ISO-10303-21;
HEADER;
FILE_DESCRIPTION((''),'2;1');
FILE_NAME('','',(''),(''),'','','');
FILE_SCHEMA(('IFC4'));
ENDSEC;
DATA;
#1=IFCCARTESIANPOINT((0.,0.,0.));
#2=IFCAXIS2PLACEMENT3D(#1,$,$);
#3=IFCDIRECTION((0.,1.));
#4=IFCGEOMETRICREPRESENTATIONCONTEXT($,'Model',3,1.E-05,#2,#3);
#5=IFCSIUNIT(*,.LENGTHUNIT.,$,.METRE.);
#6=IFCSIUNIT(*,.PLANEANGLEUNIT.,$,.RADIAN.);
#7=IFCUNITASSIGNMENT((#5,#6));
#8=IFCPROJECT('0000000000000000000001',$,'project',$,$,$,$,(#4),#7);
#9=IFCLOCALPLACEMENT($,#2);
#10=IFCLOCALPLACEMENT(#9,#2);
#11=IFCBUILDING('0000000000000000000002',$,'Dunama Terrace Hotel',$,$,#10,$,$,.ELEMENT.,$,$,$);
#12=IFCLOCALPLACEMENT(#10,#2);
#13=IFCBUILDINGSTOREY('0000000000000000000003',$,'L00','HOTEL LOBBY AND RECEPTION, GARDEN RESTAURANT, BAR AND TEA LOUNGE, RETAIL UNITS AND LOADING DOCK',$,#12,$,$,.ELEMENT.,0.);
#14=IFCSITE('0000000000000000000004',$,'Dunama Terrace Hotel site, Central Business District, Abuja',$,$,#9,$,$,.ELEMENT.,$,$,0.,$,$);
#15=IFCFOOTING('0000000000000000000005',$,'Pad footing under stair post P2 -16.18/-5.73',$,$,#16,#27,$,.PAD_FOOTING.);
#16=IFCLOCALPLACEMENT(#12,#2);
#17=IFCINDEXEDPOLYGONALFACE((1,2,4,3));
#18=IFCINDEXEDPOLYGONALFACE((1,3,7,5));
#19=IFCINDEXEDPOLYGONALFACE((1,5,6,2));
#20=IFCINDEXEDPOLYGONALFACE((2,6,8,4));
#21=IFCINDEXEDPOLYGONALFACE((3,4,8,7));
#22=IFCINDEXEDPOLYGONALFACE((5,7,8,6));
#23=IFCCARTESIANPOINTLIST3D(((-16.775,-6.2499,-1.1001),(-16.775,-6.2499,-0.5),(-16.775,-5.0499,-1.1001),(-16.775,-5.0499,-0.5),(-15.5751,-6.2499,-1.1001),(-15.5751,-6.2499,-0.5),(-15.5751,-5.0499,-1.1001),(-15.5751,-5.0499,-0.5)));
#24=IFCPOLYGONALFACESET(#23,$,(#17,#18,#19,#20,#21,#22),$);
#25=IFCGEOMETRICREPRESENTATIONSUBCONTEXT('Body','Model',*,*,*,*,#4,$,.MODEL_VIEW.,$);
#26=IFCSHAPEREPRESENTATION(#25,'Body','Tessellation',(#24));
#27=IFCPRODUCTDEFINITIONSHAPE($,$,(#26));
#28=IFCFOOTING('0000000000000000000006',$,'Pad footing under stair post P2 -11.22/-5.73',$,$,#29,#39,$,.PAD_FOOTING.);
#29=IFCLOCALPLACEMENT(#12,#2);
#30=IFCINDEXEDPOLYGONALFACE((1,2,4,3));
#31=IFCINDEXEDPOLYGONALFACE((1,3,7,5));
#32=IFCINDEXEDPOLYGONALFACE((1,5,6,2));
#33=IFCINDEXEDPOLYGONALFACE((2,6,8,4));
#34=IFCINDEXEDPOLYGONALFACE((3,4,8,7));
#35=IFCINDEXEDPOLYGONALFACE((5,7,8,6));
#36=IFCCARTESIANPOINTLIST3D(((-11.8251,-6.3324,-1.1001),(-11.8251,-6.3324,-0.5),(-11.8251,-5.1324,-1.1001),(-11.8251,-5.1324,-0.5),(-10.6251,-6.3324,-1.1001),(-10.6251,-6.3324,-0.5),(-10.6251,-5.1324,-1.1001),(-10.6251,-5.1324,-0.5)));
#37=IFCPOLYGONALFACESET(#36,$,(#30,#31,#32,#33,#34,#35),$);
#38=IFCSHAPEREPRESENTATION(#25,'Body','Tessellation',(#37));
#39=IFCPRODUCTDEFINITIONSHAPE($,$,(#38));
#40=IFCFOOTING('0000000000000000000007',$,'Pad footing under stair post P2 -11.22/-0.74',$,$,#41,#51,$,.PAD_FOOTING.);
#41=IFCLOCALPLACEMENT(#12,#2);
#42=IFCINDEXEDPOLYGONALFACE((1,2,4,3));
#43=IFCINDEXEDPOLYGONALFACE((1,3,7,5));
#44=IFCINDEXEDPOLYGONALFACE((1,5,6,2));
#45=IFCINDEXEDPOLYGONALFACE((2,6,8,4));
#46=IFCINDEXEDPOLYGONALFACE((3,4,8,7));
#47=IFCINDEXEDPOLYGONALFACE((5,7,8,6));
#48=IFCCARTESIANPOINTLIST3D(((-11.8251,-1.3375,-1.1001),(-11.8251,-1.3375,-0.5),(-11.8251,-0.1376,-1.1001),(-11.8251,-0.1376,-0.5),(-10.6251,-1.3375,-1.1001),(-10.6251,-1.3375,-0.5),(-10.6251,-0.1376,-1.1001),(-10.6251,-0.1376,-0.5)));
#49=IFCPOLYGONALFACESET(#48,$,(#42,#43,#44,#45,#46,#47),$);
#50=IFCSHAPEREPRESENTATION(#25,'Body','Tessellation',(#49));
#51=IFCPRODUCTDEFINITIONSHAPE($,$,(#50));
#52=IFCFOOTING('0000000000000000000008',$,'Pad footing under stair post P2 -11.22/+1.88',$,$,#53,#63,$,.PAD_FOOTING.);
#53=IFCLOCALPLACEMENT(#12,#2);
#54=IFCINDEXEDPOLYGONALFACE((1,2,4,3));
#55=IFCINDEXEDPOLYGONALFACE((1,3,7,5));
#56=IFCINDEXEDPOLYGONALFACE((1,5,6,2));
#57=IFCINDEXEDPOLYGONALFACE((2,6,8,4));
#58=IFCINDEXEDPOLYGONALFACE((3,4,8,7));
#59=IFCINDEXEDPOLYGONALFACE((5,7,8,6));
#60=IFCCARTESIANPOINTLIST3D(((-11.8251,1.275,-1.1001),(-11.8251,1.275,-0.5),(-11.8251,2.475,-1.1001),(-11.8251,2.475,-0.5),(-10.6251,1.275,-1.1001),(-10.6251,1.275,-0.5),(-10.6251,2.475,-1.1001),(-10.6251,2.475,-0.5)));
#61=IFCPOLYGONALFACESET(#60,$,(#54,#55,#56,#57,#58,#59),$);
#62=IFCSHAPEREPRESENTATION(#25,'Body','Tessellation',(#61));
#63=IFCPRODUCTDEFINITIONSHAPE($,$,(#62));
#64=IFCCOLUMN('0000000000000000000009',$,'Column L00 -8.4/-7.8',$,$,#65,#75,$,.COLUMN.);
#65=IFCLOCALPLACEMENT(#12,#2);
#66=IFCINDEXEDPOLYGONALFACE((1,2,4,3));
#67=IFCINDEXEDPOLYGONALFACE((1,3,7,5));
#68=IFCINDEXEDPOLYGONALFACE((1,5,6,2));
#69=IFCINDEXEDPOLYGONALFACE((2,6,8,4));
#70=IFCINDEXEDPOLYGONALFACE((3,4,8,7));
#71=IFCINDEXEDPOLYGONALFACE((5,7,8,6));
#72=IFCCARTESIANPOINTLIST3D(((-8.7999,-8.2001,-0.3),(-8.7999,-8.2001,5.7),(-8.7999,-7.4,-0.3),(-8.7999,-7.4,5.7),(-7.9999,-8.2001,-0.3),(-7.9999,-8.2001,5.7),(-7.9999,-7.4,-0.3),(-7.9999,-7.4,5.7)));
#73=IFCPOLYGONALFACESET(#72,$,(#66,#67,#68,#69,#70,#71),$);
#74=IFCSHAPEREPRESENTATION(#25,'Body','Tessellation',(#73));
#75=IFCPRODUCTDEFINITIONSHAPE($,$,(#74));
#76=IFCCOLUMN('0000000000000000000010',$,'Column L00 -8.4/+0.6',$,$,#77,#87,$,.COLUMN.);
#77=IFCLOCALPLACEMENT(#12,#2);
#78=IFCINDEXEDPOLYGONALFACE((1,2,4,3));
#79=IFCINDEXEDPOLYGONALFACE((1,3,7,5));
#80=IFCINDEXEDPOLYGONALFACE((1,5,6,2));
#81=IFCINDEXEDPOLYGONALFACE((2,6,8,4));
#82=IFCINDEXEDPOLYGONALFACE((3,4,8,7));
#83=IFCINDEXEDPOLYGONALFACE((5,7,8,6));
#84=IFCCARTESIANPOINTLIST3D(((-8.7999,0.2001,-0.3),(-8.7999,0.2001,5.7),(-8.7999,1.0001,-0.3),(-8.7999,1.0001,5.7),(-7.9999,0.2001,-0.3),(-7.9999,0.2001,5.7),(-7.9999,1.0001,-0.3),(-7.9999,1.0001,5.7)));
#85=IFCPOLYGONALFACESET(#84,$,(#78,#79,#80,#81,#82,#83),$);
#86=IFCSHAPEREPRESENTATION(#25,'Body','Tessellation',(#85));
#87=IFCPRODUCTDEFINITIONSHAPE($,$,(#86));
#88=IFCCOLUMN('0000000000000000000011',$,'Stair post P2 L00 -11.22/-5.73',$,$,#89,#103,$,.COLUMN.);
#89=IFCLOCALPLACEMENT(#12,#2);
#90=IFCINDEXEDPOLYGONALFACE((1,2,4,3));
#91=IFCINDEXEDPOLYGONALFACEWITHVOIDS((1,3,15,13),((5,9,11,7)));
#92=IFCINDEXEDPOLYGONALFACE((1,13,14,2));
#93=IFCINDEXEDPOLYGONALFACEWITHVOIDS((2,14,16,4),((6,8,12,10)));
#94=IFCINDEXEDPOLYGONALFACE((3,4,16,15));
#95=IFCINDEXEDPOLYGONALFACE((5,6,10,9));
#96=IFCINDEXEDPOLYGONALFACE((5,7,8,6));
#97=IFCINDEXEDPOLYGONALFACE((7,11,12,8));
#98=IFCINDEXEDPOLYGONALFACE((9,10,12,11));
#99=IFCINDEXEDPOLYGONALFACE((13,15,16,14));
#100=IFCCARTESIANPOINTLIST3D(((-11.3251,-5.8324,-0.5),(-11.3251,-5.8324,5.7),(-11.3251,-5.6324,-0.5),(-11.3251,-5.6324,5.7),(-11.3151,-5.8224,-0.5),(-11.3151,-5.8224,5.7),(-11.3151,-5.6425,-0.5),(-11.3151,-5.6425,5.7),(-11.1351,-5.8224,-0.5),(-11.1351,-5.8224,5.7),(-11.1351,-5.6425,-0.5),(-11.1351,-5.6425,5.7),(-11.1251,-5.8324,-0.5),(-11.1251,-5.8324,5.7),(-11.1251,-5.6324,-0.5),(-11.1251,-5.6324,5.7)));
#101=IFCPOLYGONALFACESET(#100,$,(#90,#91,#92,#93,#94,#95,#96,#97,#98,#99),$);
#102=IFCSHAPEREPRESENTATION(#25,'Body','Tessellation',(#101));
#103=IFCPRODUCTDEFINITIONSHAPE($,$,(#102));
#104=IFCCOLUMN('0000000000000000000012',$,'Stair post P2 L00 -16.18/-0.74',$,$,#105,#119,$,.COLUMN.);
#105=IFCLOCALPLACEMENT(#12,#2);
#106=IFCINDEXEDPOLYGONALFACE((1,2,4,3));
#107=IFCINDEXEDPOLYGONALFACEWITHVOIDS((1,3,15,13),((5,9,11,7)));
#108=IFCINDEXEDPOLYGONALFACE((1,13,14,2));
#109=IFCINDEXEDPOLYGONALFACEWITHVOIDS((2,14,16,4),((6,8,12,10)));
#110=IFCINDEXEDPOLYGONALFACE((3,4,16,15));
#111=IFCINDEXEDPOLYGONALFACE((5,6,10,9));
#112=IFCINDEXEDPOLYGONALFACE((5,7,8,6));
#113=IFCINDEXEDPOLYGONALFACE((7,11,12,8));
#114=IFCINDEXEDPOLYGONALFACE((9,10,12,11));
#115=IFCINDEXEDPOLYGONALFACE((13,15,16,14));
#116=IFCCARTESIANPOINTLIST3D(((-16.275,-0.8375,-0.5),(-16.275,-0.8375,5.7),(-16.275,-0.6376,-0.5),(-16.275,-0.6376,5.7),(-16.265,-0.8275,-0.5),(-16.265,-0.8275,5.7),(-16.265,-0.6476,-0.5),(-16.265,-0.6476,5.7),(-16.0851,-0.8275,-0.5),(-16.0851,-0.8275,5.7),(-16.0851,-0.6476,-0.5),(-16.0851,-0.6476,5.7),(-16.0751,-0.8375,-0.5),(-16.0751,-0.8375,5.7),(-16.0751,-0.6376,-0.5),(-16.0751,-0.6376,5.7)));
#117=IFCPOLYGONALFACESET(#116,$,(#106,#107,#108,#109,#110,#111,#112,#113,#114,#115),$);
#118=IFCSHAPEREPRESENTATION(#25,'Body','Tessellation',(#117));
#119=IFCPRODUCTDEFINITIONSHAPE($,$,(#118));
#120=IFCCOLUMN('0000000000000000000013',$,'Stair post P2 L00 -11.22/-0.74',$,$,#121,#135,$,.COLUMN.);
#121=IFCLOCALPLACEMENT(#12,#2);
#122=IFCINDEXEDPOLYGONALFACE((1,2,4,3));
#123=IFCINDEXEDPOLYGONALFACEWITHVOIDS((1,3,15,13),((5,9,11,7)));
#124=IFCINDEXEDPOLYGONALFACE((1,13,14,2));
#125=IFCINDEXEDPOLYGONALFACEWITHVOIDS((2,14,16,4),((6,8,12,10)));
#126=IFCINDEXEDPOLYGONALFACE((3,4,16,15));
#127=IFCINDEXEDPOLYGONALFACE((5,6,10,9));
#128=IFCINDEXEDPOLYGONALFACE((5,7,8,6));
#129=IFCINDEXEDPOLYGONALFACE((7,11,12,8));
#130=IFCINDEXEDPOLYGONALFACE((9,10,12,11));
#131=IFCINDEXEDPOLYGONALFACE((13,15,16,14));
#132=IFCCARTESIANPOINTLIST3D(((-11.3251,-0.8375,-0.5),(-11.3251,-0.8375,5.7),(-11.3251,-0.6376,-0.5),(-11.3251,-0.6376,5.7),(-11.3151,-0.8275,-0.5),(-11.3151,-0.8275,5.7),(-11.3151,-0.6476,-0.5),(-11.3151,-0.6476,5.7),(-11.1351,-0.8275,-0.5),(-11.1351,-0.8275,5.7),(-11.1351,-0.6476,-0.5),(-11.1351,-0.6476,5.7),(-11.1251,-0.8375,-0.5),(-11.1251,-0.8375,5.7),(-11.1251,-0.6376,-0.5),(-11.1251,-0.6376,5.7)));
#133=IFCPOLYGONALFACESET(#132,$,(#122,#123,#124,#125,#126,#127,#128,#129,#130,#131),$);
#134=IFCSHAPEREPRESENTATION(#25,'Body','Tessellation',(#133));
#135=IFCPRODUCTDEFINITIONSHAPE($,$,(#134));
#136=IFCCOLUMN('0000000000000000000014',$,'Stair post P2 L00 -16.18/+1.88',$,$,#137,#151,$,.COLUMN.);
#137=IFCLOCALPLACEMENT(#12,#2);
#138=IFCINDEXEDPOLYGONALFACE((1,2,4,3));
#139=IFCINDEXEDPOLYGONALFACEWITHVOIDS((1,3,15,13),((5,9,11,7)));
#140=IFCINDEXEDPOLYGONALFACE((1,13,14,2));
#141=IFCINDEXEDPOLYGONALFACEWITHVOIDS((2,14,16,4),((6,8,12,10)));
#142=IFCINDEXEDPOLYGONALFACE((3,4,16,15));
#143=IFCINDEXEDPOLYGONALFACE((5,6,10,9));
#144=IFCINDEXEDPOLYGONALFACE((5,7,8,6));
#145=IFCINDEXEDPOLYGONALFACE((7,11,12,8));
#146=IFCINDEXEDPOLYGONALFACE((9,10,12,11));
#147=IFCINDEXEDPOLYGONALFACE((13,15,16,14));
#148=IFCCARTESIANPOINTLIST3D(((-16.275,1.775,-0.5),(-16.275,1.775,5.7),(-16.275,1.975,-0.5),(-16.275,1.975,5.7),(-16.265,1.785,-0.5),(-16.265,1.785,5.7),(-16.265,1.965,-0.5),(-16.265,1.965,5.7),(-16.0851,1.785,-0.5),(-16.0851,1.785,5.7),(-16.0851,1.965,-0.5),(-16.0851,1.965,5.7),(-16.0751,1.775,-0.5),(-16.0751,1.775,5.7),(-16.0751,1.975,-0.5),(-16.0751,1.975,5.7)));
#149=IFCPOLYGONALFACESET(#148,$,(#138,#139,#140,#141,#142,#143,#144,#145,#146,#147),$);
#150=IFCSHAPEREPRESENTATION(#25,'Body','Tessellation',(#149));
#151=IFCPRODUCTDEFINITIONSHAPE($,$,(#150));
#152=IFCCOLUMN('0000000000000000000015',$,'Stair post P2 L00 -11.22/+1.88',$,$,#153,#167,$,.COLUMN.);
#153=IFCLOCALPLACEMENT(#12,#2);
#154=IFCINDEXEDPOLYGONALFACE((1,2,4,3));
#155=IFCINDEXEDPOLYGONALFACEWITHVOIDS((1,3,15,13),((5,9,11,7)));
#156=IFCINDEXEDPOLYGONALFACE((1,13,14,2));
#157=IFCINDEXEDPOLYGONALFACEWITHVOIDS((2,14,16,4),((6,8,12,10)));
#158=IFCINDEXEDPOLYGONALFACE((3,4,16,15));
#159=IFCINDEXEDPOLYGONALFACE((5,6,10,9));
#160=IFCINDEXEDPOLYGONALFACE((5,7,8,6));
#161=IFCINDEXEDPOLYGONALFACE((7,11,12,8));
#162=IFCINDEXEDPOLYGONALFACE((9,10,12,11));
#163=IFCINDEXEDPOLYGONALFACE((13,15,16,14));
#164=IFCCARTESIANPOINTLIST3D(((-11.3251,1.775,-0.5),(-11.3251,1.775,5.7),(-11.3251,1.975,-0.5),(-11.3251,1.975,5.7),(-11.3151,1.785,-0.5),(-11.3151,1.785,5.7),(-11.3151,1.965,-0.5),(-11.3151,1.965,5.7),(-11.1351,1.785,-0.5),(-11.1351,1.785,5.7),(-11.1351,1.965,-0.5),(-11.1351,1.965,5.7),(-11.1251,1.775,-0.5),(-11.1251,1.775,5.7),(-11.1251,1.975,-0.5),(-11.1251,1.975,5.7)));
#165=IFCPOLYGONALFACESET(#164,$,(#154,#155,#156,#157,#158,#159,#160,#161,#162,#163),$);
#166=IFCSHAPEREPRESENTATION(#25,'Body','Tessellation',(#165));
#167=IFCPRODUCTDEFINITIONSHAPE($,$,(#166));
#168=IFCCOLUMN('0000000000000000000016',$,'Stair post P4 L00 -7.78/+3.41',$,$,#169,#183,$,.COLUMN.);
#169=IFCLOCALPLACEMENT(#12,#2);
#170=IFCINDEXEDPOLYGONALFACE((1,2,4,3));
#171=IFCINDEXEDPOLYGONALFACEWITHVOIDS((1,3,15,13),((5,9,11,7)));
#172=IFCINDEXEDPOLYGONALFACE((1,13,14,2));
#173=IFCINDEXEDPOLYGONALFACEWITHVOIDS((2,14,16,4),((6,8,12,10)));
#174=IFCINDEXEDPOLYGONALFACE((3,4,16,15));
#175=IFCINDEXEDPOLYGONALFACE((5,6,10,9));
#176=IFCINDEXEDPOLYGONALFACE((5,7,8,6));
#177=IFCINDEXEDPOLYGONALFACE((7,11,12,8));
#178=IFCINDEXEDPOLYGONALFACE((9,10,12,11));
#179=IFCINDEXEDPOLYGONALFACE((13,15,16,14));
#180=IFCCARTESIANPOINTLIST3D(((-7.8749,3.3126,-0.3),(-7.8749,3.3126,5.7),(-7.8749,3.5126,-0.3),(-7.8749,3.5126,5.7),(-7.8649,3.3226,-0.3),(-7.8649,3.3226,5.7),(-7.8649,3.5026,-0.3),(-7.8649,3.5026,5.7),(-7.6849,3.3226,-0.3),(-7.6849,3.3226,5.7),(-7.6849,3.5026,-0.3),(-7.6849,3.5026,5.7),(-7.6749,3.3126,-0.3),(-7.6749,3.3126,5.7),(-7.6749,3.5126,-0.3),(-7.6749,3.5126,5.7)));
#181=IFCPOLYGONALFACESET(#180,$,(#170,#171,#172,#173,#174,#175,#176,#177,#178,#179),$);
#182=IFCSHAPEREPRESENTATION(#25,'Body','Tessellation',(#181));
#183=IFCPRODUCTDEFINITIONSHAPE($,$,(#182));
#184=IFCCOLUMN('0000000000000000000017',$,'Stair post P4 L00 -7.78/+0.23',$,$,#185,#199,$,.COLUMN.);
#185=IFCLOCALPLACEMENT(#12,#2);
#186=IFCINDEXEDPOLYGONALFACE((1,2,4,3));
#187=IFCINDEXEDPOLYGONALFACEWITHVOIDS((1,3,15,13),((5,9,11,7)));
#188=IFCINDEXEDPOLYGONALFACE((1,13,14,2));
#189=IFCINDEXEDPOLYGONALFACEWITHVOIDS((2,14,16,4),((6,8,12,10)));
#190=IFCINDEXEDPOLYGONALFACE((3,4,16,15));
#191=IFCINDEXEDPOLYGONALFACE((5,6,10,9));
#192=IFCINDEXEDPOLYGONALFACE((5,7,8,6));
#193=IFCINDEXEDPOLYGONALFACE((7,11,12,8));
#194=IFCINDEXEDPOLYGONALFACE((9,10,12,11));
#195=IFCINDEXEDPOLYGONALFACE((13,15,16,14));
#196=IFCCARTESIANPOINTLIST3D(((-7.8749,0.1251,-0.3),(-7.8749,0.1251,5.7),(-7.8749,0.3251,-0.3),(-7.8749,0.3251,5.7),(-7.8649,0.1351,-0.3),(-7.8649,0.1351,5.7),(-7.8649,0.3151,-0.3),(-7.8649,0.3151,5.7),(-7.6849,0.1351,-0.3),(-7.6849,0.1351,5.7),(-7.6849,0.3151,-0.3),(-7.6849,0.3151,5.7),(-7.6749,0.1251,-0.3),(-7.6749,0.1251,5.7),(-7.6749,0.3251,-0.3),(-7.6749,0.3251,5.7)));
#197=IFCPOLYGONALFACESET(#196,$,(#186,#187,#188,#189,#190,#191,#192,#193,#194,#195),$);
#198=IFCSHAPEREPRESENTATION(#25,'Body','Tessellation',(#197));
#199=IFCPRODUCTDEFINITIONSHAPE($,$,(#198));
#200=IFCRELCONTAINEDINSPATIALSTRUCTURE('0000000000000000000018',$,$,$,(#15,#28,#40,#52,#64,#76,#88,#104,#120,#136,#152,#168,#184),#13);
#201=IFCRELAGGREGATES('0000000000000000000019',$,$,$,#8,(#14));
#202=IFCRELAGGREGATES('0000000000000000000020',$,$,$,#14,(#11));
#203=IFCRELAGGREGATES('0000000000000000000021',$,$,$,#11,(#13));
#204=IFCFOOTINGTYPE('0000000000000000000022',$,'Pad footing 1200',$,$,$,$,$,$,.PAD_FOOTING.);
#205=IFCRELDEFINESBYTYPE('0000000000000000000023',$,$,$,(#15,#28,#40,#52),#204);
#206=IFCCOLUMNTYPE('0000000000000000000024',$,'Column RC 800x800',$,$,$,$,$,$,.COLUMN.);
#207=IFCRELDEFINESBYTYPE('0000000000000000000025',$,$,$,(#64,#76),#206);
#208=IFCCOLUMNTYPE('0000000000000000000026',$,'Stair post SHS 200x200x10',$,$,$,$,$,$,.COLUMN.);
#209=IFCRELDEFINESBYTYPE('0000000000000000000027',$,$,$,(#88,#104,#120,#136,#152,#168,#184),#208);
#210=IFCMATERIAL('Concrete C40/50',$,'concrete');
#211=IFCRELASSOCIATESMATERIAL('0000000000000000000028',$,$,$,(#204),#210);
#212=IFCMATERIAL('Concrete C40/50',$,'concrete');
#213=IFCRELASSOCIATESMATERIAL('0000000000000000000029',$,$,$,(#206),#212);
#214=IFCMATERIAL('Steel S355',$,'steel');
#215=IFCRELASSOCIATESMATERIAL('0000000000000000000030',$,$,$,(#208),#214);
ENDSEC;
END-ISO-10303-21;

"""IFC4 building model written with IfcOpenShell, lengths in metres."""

from ifc_helpers import new_model, si_unit, direction, frame, origin, origin_2d, place, context, subcontext, project, spatial, rectangle, hollow_rectangle, extrude, material, material_profile, profile_set, type_object, element, save


model = new_model("IFC4")

# Units and contexts
model_context = context("Model", 3, precision=1e-05, world=origin(), true_north=direction((0.0, 1.0)))
body_context = subcontext(model_context, "Body", "Model", "MODEL_VIEW")
ifc_project = project(units=[si_unit("LENGTHUNIT", "METRE"), si_unit("PLANEANGLEUNIT", "RADIAN")], contexts=[model_context])

# Site, building, storey
site_placement = place(None, origin())
site = spatial("IfcSite", under=ifc_project, at=site_placement, Name="Dunama Terrace Hotel site, Central Business District, Abuja", CompositionType="ELEMENT", RefElevation=0.0)
building_placement = place(site_placement, origin())
building = spatial("IfcBuilding", under=site, at=building_placement, Name="Dunama Terrace Hotel", CompositionType="ELEMENT")
storey_placement = place(building_placement, origin())
storey = spatial("IfcBuildingStorey", under=building, at=storey_placement, Name="L00", Description="HOTEL LOBBY AND RECEPTION, GARDEN RESTAURANT, BAR AND TEA LOUNGE, RETAIL UNITS AND LOADING DOCK", CompositionType="ELEMENT", Elevation=0.0)

# Footings
ifc_material_1 = material(Name="Concrete C40/50", Category="concrete")
footing_type = type_object("IfcFootingType", Name="Pad footing 1200", PredefinedType="PAD_FOOTING", material=ifc_material_1)
for number, where, z_axis, x_axis, name in (
    (1, (-16.175, -5.6499, -1.1001), (0.0, 0.0, 1.0), (1.0, 0.0, 0.0), "Pad footing under stair post P2 -16.18/-5.73"),
    (2, (-11.2251, -5.7324, -1.1001), (0.0, 0.0, 1.0), (1.0, 0.0, 0.0), "Pad footing under stair post P2 -11.22/-5.73"),
    (3, (-11.2251, -0.7375, -1.1001), (0.0, 0.0, 1.0), (1.0, 0.0, 0.0), "Pad footing under stair post P2 -11.22/-0.74"),
    (4, (-11.2251, 1.875, -1.1001), (0.0, 0.0, 1.0), (1.0, 0.0, 0.0), "Pad footing under stair post P2 -11.22/+1.88"),
):
    element("IfcFooting", number, at=place(storey_placement, frame(where, z_axis=z_axis, x_axis=x_axis)), inside=storey, type_object=footing_type, Name=name, PredefinedType="PAD_FOOTING", context=body_context, shape_type="SweptSolid", body=[
        extrude(rectangle(XDim=1.2, YDim=1.2, at=origin_2d()), origin(), (0.0, 0.0, 1.0), 0.6001),
    ])

# Columns
ifc_material_2 = material(Name="Concrete C40/50", Category="concrete")
ifc_material_profile_1 = material_profile(ifc_material_2, rectangle(XDim=0.8, YDim=0.8, at=origin_2d()), Name="RC 800x800")
ifc_profile_set_1 = profile_set([ifc_material_profile_1], Name="Concrete C40/50")
column_type_1 = type_object("IfcColumnType", Name="Column RC 800x800", PredefinedType="COLUMN", material=ifc_profile_set_1)
for number, where, z_axis, x_axis, name in (
    (5, (-8.3999, -7.8, -0.3), (0.0, 0.0, 1.0), (1.0, 0.0, 0.0), "Column L00 -8.4/-7.8"),
    (6, (-8.3999, 0.6001, -0.3), (0.0, 0.0, 1.0), (1.0, 0.0, 0.0), "Column L00 -8.4/+0.6"),
):
    element("IfcColumn", number, at=place(storey_placement, frame(where, z_axis=z_axis, x_axis=x_axis)), inside=storey, type_object=column_type_1, Name=name, PredefinedType="COLUMN", context=body_context, shape_type="SweptSolid", body=[
        extrude(rectangle(XDim=0.8, YDim=0.8, at=origin_2d()), origin(), (0.0, 0.0, 1.0), 6.0),
    ])
ifc_material_3 = material(Name="Steel S355", Category="steel")
ifc_material_profile_2 = material_profile(ifc_material_3, hollow_rectangle(XDim=0.2, YDim=0.2, WallThickness=0.01, at=origin_2d()), Name="SHS 200x200x10")
ifc_profile_set_2 = profile_set([ifc_material_profile_2], Name="Steel S355")
column_type_2 = type_object("IfcColumnType", Name="Stair post SHS 200x200x10", PredefinedType="COLUMN", material=ifc_profile_set_2)
for number, where, z_axis, x_axis, name in (
    (7, (-11.2251, -5.7324, -0.5), (0.0, 0.0, 1.0), (1.0, 0.0, 0.0), "Stair post P2 L00 -11.22/-5.73"),
    (8, (-16.175, -0.7375, -0.5), (0.0, 0.0, 1.0), (1.0, 0.0, 0.0), "Stair post P2 L00 -16.18/-0.74"),
    (9, (-11.2251, -0.7375, -0.5), (0.0, 0.0, 1.0), (1.0, 0.0, 0.0), "Stair post P2 L00 -11.22/-0.74"),
    (10, (-16.175, 1.875, -0.5), (0.0, 0.0, 1.0), (1.0, 0.0, 0.0), "Stair post P2 L00 -16.18/+1.88"),
    (11, (-11.2251, 1.875, -0.5), (0.0, 0.0, 1.0), (1.0, 0.0, 0.0), "Stair post P2 L00 -11.22/+1.88"),
):
    element("IfcColumn", number, at=place(storey_placement, frame(where, z_axis=z_axis, x_axis=x_axis)), inside=storey, type_object=column_type_2, Name=name, PredefinedType="COLUMN", context=body_context, shape_type="SweptSolid", body=[
        extrude(hollow_rectangle(XDim=0.2, YDim=0.2, WallThickness=0.01, at=origin_2d()), origin(), (0.0, 0.0, 1.0), 6.2),
    ])
for number, where, z_axis, x_axis, name in (
    (12, (-7.7749, 3.4126, -0.3), (0.0, 0.0, 1.0), (1.0, 0.0, 0.0), "Stair post P4 L00 -7.78/+3.41"),
    (13, (-7.7749, 0.2251, -0.3), (0.0, 0.0, 1.0), (1.0, 0.0, 0.0), "Stair post P4 L00 -7.78/+0.23"),
):
    element("IfcColumn", number, at=place(storey_placement, frame(where, z_axis=z_axis, x_axis=x_axis)), inside=storey, type_object=column_type_2, Name=name, PredefinedType="COLUMN", context=body_context, shape_type="SweptSolid", body=[
        extrude(hollow_rectangle(XDim=0.2, YDim=0.2, WallThickness=0.01, at=origin_2d()), origin(), (0.0, 0.0, 1.0), 6.0),
    ])

save(model, "model.ifc")
